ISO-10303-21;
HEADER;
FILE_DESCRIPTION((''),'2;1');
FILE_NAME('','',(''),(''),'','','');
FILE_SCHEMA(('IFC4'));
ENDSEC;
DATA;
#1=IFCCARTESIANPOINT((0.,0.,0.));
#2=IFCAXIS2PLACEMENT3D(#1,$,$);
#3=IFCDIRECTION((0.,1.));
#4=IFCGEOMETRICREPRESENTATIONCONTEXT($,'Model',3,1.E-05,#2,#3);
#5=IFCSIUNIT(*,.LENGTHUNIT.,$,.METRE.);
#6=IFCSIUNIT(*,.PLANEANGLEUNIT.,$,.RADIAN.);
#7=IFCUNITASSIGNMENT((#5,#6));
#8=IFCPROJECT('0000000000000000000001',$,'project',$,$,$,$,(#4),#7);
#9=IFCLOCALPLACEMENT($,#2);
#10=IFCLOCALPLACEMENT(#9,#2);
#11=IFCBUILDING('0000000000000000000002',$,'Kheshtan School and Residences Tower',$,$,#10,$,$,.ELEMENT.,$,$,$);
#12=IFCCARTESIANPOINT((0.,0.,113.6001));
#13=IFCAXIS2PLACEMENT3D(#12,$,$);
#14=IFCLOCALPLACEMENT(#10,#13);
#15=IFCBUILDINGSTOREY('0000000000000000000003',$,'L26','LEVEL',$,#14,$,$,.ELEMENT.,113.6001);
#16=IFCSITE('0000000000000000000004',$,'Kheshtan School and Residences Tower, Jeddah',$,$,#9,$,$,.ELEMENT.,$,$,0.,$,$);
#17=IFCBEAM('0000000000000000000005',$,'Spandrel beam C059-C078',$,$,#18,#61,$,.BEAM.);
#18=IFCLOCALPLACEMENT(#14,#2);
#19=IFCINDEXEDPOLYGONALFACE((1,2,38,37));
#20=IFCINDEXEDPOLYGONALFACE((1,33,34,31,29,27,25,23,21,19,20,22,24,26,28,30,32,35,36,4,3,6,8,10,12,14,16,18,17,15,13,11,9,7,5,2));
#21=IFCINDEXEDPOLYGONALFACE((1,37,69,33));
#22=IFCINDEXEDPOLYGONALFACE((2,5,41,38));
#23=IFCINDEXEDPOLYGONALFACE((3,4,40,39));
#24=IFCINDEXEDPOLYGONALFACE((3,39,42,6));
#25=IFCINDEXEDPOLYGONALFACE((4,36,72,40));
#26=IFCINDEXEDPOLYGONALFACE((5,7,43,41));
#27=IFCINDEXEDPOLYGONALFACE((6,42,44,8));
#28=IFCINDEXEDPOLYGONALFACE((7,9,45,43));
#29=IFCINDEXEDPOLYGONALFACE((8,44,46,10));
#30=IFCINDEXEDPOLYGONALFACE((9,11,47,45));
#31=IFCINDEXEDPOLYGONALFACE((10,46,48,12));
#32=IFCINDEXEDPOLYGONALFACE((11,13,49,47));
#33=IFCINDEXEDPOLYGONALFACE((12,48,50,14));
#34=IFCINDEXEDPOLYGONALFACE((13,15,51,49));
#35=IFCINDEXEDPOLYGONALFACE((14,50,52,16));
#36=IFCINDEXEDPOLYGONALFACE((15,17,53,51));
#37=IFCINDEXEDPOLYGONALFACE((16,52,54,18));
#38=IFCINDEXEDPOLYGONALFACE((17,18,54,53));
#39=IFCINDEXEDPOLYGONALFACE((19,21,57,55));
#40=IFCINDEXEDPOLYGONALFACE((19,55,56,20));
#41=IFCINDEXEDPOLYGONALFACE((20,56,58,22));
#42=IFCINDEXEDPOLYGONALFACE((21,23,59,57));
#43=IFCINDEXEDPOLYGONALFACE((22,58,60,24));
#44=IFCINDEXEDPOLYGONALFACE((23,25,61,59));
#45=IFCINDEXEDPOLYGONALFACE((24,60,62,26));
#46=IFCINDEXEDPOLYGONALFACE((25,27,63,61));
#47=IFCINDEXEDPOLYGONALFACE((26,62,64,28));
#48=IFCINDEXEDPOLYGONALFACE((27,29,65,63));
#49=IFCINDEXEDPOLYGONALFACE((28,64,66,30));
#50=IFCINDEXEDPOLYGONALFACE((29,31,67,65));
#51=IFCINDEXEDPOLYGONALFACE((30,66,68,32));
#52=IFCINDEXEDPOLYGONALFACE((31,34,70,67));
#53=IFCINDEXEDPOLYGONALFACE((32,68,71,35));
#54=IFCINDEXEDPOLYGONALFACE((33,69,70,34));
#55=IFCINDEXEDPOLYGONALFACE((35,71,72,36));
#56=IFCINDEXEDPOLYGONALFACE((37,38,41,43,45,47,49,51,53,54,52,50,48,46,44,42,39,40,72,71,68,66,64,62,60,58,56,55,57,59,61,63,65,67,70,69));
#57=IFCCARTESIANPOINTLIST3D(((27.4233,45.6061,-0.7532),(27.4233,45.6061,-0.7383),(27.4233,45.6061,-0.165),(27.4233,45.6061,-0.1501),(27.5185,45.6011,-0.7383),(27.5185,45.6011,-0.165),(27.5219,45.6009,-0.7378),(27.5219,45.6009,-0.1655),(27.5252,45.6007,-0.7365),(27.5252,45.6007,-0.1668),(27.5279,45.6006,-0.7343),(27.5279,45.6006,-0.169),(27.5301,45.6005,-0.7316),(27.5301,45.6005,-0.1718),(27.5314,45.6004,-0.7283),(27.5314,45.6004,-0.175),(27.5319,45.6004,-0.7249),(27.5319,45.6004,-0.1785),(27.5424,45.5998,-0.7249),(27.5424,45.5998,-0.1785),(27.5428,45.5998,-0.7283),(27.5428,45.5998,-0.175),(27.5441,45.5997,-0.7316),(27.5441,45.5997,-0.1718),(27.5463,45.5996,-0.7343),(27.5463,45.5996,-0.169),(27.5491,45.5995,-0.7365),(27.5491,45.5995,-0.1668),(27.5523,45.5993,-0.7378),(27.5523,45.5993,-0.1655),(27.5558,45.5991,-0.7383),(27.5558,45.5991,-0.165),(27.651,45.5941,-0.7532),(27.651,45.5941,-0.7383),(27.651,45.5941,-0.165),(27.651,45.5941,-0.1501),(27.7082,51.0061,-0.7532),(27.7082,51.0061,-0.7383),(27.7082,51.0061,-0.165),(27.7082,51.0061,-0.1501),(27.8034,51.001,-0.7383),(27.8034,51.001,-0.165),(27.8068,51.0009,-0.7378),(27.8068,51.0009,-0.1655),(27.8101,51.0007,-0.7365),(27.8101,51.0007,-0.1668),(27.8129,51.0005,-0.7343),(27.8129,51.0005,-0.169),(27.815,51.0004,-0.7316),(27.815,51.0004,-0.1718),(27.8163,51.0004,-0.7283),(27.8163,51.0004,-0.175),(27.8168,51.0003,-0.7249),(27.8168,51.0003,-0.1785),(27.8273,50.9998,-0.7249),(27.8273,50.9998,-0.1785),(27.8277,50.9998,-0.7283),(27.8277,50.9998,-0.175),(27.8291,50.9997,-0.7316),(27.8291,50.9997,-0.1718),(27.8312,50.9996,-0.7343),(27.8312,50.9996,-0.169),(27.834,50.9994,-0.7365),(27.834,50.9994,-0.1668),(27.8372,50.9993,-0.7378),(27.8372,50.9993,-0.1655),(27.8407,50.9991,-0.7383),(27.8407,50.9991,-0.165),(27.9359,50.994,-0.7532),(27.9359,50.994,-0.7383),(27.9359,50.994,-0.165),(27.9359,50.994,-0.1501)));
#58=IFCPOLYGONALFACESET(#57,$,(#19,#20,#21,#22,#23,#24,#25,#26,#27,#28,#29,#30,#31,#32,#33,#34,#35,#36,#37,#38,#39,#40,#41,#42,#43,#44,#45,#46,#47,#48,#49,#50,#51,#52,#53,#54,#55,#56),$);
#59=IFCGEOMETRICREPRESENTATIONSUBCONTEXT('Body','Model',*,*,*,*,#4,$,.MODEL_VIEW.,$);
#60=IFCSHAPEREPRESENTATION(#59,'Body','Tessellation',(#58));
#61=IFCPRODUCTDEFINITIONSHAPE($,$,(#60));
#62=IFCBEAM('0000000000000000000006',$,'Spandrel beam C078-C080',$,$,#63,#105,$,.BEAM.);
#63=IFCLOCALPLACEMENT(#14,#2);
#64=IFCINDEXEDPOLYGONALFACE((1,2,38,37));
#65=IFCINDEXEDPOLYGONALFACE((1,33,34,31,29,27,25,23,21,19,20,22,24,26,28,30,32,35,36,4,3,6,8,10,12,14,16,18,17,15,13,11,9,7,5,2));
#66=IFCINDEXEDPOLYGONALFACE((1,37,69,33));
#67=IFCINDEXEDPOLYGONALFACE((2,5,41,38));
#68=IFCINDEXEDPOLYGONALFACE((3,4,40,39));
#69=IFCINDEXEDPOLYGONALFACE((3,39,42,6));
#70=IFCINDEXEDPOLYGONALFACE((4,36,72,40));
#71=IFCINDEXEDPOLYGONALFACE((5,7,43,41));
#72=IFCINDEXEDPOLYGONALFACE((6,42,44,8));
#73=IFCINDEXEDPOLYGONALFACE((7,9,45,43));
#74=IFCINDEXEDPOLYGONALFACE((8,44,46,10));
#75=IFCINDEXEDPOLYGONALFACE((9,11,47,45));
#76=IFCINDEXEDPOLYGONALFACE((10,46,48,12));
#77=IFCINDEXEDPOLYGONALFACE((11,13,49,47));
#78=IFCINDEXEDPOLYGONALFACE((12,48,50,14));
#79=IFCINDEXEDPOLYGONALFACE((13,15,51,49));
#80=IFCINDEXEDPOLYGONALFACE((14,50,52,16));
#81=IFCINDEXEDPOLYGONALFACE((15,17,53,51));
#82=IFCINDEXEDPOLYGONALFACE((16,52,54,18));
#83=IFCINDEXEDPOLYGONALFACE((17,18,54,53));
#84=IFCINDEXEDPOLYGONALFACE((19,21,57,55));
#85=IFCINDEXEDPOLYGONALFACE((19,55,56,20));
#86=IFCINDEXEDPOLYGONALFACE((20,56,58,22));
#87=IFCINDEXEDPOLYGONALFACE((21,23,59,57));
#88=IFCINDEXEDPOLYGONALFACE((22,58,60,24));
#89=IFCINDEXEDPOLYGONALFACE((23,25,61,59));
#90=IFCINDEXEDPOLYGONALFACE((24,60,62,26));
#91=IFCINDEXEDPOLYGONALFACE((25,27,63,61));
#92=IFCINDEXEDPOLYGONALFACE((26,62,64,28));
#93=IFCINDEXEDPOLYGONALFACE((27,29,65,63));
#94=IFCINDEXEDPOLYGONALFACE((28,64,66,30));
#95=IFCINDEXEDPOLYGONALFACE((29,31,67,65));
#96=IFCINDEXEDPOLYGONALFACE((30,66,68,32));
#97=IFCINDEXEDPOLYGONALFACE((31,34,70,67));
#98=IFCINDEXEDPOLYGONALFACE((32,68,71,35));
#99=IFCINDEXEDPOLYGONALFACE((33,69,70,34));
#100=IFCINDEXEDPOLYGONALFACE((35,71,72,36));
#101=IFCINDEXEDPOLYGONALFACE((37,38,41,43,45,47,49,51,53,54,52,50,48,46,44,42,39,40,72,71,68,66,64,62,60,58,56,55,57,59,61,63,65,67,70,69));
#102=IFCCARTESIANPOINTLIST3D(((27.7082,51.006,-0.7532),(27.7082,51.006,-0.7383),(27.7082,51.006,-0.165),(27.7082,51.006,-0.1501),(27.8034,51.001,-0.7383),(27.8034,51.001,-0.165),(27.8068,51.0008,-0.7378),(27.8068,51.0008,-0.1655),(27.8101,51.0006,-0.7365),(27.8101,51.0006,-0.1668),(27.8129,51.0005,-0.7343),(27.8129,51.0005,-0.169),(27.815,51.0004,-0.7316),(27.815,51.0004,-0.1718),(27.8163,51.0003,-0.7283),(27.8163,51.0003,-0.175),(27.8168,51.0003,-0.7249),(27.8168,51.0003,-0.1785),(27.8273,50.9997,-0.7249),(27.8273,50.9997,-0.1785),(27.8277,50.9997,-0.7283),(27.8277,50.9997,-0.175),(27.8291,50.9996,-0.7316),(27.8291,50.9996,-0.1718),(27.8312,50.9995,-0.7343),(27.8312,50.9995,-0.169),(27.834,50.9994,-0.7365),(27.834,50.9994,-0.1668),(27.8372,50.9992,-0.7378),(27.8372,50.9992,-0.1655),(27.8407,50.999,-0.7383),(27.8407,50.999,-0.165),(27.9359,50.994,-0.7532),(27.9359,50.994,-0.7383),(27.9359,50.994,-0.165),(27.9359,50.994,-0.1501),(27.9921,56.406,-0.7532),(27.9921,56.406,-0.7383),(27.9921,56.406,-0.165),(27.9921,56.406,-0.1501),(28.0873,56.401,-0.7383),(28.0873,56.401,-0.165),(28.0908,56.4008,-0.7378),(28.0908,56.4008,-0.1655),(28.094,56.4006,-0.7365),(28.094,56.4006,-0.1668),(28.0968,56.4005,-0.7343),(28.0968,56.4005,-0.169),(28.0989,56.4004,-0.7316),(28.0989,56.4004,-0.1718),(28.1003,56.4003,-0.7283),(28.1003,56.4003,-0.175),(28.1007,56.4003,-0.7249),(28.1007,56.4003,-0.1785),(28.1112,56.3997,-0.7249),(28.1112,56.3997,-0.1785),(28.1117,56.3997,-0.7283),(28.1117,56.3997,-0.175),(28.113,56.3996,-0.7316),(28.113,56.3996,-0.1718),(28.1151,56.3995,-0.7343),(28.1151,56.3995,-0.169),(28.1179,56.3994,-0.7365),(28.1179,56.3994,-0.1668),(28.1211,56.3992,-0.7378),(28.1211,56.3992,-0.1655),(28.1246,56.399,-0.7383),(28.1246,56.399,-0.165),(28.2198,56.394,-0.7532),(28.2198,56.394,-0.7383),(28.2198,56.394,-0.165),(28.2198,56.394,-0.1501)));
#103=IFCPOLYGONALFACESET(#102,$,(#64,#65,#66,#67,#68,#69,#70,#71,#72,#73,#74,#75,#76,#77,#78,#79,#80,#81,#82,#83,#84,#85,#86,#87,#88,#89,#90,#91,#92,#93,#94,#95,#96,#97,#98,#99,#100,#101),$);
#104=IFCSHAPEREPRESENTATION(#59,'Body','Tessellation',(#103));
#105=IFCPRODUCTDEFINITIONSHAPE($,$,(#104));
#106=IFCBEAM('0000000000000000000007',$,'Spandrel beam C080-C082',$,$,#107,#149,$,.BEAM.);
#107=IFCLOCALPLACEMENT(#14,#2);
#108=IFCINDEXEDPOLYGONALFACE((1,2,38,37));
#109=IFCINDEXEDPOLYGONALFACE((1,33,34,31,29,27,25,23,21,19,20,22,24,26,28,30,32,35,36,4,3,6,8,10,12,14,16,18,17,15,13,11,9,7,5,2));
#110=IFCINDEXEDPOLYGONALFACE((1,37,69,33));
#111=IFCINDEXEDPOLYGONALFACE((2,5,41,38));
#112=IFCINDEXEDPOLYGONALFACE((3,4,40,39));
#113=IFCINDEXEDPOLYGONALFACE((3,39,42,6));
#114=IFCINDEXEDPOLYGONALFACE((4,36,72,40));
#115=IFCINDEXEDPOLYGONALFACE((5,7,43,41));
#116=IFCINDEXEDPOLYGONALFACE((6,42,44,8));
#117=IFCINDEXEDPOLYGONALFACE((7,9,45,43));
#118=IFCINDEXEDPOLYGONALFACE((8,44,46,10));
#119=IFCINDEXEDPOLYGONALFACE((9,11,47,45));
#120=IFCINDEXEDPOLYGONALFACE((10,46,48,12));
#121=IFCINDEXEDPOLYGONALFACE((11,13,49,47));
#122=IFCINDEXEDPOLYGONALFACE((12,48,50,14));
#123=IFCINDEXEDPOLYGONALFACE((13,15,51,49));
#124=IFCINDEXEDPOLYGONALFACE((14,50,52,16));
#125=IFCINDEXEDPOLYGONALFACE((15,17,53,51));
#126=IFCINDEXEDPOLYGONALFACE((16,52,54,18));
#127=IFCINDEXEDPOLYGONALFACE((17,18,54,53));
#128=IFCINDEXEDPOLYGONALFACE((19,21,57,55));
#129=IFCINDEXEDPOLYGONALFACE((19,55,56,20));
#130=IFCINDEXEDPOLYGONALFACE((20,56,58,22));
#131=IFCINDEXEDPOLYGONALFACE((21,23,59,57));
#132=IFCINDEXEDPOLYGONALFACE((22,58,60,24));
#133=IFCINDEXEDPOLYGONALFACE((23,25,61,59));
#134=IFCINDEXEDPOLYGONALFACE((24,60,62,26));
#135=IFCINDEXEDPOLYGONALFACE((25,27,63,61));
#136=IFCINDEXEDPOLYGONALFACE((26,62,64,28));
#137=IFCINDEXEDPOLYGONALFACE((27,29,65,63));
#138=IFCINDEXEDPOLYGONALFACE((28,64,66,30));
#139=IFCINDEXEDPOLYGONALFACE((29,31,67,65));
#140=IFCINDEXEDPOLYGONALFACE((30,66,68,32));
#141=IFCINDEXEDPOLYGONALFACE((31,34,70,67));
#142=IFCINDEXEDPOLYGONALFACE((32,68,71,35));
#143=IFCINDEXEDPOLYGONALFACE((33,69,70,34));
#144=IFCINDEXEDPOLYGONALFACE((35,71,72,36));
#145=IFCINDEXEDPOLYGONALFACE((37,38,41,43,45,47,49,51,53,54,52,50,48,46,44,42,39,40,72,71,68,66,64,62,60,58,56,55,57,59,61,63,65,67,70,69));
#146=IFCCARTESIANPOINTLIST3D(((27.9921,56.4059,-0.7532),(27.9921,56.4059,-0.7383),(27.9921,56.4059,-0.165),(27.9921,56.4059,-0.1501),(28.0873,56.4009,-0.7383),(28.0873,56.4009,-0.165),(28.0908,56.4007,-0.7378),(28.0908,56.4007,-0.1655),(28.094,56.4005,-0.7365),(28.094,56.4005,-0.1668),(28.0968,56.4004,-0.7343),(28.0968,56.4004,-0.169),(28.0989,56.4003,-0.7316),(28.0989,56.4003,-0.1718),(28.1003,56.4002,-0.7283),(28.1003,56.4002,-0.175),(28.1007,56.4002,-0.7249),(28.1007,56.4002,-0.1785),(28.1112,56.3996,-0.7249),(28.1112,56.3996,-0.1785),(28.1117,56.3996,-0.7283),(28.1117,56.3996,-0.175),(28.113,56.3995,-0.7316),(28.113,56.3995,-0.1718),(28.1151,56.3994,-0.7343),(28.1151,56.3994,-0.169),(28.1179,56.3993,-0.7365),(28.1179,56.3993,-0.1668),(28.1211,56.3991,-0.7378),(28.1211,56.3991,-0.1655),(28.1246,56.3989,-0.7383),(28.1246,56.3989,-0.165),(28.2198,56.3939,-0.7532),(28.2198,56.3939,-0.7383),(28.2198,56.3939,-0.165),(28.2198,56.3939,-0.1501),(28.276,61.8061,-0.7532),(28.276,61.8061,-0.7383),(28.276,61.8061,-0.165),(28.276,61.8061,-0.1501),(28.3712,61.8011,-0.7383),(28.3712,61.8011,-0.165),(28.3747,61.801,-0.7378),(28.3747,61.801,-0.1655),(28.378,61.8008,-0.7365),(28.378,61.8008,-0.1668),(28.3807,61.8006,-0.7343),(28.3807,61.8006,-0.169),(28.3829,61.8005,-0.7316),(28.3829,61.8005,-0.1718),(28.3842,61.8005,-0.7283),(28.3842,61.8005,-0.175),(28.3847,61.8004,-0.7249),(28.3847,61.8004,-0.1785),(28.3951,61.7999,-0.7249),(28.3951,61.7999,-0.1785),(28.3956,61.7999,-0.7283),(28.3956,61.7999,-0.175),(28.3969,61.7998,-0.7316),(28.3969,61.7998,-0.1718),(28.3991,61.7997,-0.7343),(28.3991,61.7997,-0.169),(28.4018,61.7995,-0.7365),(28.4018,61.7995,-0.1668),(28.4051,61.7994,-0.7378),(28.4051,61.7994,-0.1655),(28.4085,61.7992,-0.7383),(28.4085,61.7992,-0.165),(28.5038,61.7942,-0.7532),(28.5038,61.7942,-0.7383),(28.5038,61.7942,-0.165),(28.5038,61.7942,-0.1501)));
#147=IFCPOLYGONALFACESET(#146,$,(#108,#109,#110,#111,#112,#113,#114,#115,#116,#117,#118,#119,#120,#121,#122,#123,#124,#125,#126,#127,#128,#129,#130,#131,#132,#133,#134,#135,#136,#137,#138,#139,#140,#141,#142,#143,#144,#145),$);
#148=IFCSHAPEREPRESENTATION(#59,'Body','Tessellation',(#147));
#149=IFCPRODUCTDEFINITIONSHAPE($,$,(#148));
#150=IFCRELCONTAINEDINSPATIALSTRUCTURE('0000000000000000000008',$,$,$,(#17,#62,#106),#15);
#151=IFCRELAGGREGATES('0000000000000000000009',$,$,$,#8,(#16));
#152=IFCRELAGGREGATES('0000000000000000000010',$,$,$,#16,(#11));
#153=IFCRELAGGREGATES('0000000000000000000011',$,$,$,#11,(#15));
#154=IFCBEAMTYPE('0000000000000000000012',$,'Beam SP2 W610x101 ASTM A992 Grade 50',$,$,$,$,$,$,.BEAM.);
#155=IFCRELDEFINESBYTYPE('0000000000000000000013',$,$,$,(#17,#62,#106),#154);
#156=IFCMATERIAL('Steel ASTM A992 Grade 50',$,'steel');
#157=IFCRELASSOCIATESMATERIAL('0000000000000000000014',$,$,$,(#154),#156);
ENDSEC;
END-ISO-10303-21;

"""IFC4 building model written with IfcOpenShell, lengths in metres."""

from ifc_helpers import new_model, si_unit, direction, frame, origin, origin_2d, place, context, subcontext, project, spatial, i_section, extrude, material, material_profile, profile_set, type_object, element, save


model = new_model("IFC4")

# Units and contexts
model_context = context("Model", 3, precision=1e-05, world=origin(), true_north=direction((0.0, 1.0)))
body_context = subcontext(model_context, "Body", "Model", "MODEL_VIEW")
ifc_project = project(units=[si_unit("LENGTHUNIT", "METRE"), si_unit("PLANEANGLEUNIT", "RADIAN")], contexts=[model_context])

# Site, building, storey
site_placement = place(None, origin())
site = spatial("IfcSite", under=ifc_project, at=site_placement, Name="Kheshtan School and Residences Tower, Jeddah", CompositionType="ELEMENT", RefElevation=0.0)
building_placement = place(site_placement, origin())
building = spatial("IfcBuilding", under=site, at=building_placement, Name="Kheshtan School and Residences Tower", CompositionType="ELEMENT")
storey_placement = place(building_placement, frame((0.0, 0.0, 113.6001)))
storey = spatial("IfcBuildingStorey", under=building, at=storey_placement, Name="L26", Description="LEVEL", CompositionType="ELEMENT", Elevation=113.6001)

# Shared definitions
ifc_material_1 = material(Name="Steel ASTM A992 Grade 50", Category="steel")

# Beams
ifc_material_profile_1 = material_profile(ifc_material_1, i_section(OverallWidth=0.228, OverallDepth=0.603, WebThickness=0.0105, FlangeThickness=0.0149, FilletRadius=0.0134, at=origin_2d()), Name="W610x101")
ifc_profile_set_1 = profile_set([ifc_material_profile_1], Name="Steel ASTM A992 Grade 50")
beam_type_1 = type_object("IfcBeamType", Name="Beam SP2 W610x101 ASTM A992 Grade 50", PredefinedType="BEAM", material=ifc_profile_set_1)
for number, where, z_axis, x_axis, name in (
    (1, (27.5371, 45.6001, -0.4517), (0.052689, 0.998611, 0.0), (-0.998611, 0.052689, 0.0), "Spandrel beam C059-C078"),
    (2, (27.822, 51.0, -0.4517), (0.052509, 0.99862, 0.0), (-0.99862, 0.052509, 0.0), "Spandrel beam C078-C080"),
):
    element("IfcBeam", number, at=place(storey_placement, frame(where, z_axis=z_axis, x_axis=x_axis)), inside=storey, type_object=beam_type_1, Name=name, PredefinedType="BEAM", context=body_context, shape_type="SweptSolid", body=[
        extrude(i_section(OverallWidth=0.228, OverallDepth=0.603, WebThickness=0.0105, FlangeThickness=0.0149, FilletRadius=0.0134, at=origin_2d()), origin(), (0.0, 0.0, 1.0), 5.4075),
    ])
beam_1_placement = place(storey_placement, frame((28.106, 56.3999, -0.4517), z_axis=(0.052507, 0.998621, 0.0), x_axis=(-0.998621, 0.052507, 0.0)))
element("IfcBeam", 3, at=beam_1_placement, inside=storey, type_object=beam_type_1, Name="Spandrel beam C080-C082", PredefinedType="BEAM", context=body_context, shape_type="SweptSolid", body=[
    extrude(i_section(OverallWidth=0.228, OverallDepth=0.603, WebThickness=0.0105, FlangeThickness=0.0149, FilletRadius=0.0134, at=origin_2d()), origin(), (0.0, 0.0, 1.0), 5.4077),
])

save(model, "model.ifc")
